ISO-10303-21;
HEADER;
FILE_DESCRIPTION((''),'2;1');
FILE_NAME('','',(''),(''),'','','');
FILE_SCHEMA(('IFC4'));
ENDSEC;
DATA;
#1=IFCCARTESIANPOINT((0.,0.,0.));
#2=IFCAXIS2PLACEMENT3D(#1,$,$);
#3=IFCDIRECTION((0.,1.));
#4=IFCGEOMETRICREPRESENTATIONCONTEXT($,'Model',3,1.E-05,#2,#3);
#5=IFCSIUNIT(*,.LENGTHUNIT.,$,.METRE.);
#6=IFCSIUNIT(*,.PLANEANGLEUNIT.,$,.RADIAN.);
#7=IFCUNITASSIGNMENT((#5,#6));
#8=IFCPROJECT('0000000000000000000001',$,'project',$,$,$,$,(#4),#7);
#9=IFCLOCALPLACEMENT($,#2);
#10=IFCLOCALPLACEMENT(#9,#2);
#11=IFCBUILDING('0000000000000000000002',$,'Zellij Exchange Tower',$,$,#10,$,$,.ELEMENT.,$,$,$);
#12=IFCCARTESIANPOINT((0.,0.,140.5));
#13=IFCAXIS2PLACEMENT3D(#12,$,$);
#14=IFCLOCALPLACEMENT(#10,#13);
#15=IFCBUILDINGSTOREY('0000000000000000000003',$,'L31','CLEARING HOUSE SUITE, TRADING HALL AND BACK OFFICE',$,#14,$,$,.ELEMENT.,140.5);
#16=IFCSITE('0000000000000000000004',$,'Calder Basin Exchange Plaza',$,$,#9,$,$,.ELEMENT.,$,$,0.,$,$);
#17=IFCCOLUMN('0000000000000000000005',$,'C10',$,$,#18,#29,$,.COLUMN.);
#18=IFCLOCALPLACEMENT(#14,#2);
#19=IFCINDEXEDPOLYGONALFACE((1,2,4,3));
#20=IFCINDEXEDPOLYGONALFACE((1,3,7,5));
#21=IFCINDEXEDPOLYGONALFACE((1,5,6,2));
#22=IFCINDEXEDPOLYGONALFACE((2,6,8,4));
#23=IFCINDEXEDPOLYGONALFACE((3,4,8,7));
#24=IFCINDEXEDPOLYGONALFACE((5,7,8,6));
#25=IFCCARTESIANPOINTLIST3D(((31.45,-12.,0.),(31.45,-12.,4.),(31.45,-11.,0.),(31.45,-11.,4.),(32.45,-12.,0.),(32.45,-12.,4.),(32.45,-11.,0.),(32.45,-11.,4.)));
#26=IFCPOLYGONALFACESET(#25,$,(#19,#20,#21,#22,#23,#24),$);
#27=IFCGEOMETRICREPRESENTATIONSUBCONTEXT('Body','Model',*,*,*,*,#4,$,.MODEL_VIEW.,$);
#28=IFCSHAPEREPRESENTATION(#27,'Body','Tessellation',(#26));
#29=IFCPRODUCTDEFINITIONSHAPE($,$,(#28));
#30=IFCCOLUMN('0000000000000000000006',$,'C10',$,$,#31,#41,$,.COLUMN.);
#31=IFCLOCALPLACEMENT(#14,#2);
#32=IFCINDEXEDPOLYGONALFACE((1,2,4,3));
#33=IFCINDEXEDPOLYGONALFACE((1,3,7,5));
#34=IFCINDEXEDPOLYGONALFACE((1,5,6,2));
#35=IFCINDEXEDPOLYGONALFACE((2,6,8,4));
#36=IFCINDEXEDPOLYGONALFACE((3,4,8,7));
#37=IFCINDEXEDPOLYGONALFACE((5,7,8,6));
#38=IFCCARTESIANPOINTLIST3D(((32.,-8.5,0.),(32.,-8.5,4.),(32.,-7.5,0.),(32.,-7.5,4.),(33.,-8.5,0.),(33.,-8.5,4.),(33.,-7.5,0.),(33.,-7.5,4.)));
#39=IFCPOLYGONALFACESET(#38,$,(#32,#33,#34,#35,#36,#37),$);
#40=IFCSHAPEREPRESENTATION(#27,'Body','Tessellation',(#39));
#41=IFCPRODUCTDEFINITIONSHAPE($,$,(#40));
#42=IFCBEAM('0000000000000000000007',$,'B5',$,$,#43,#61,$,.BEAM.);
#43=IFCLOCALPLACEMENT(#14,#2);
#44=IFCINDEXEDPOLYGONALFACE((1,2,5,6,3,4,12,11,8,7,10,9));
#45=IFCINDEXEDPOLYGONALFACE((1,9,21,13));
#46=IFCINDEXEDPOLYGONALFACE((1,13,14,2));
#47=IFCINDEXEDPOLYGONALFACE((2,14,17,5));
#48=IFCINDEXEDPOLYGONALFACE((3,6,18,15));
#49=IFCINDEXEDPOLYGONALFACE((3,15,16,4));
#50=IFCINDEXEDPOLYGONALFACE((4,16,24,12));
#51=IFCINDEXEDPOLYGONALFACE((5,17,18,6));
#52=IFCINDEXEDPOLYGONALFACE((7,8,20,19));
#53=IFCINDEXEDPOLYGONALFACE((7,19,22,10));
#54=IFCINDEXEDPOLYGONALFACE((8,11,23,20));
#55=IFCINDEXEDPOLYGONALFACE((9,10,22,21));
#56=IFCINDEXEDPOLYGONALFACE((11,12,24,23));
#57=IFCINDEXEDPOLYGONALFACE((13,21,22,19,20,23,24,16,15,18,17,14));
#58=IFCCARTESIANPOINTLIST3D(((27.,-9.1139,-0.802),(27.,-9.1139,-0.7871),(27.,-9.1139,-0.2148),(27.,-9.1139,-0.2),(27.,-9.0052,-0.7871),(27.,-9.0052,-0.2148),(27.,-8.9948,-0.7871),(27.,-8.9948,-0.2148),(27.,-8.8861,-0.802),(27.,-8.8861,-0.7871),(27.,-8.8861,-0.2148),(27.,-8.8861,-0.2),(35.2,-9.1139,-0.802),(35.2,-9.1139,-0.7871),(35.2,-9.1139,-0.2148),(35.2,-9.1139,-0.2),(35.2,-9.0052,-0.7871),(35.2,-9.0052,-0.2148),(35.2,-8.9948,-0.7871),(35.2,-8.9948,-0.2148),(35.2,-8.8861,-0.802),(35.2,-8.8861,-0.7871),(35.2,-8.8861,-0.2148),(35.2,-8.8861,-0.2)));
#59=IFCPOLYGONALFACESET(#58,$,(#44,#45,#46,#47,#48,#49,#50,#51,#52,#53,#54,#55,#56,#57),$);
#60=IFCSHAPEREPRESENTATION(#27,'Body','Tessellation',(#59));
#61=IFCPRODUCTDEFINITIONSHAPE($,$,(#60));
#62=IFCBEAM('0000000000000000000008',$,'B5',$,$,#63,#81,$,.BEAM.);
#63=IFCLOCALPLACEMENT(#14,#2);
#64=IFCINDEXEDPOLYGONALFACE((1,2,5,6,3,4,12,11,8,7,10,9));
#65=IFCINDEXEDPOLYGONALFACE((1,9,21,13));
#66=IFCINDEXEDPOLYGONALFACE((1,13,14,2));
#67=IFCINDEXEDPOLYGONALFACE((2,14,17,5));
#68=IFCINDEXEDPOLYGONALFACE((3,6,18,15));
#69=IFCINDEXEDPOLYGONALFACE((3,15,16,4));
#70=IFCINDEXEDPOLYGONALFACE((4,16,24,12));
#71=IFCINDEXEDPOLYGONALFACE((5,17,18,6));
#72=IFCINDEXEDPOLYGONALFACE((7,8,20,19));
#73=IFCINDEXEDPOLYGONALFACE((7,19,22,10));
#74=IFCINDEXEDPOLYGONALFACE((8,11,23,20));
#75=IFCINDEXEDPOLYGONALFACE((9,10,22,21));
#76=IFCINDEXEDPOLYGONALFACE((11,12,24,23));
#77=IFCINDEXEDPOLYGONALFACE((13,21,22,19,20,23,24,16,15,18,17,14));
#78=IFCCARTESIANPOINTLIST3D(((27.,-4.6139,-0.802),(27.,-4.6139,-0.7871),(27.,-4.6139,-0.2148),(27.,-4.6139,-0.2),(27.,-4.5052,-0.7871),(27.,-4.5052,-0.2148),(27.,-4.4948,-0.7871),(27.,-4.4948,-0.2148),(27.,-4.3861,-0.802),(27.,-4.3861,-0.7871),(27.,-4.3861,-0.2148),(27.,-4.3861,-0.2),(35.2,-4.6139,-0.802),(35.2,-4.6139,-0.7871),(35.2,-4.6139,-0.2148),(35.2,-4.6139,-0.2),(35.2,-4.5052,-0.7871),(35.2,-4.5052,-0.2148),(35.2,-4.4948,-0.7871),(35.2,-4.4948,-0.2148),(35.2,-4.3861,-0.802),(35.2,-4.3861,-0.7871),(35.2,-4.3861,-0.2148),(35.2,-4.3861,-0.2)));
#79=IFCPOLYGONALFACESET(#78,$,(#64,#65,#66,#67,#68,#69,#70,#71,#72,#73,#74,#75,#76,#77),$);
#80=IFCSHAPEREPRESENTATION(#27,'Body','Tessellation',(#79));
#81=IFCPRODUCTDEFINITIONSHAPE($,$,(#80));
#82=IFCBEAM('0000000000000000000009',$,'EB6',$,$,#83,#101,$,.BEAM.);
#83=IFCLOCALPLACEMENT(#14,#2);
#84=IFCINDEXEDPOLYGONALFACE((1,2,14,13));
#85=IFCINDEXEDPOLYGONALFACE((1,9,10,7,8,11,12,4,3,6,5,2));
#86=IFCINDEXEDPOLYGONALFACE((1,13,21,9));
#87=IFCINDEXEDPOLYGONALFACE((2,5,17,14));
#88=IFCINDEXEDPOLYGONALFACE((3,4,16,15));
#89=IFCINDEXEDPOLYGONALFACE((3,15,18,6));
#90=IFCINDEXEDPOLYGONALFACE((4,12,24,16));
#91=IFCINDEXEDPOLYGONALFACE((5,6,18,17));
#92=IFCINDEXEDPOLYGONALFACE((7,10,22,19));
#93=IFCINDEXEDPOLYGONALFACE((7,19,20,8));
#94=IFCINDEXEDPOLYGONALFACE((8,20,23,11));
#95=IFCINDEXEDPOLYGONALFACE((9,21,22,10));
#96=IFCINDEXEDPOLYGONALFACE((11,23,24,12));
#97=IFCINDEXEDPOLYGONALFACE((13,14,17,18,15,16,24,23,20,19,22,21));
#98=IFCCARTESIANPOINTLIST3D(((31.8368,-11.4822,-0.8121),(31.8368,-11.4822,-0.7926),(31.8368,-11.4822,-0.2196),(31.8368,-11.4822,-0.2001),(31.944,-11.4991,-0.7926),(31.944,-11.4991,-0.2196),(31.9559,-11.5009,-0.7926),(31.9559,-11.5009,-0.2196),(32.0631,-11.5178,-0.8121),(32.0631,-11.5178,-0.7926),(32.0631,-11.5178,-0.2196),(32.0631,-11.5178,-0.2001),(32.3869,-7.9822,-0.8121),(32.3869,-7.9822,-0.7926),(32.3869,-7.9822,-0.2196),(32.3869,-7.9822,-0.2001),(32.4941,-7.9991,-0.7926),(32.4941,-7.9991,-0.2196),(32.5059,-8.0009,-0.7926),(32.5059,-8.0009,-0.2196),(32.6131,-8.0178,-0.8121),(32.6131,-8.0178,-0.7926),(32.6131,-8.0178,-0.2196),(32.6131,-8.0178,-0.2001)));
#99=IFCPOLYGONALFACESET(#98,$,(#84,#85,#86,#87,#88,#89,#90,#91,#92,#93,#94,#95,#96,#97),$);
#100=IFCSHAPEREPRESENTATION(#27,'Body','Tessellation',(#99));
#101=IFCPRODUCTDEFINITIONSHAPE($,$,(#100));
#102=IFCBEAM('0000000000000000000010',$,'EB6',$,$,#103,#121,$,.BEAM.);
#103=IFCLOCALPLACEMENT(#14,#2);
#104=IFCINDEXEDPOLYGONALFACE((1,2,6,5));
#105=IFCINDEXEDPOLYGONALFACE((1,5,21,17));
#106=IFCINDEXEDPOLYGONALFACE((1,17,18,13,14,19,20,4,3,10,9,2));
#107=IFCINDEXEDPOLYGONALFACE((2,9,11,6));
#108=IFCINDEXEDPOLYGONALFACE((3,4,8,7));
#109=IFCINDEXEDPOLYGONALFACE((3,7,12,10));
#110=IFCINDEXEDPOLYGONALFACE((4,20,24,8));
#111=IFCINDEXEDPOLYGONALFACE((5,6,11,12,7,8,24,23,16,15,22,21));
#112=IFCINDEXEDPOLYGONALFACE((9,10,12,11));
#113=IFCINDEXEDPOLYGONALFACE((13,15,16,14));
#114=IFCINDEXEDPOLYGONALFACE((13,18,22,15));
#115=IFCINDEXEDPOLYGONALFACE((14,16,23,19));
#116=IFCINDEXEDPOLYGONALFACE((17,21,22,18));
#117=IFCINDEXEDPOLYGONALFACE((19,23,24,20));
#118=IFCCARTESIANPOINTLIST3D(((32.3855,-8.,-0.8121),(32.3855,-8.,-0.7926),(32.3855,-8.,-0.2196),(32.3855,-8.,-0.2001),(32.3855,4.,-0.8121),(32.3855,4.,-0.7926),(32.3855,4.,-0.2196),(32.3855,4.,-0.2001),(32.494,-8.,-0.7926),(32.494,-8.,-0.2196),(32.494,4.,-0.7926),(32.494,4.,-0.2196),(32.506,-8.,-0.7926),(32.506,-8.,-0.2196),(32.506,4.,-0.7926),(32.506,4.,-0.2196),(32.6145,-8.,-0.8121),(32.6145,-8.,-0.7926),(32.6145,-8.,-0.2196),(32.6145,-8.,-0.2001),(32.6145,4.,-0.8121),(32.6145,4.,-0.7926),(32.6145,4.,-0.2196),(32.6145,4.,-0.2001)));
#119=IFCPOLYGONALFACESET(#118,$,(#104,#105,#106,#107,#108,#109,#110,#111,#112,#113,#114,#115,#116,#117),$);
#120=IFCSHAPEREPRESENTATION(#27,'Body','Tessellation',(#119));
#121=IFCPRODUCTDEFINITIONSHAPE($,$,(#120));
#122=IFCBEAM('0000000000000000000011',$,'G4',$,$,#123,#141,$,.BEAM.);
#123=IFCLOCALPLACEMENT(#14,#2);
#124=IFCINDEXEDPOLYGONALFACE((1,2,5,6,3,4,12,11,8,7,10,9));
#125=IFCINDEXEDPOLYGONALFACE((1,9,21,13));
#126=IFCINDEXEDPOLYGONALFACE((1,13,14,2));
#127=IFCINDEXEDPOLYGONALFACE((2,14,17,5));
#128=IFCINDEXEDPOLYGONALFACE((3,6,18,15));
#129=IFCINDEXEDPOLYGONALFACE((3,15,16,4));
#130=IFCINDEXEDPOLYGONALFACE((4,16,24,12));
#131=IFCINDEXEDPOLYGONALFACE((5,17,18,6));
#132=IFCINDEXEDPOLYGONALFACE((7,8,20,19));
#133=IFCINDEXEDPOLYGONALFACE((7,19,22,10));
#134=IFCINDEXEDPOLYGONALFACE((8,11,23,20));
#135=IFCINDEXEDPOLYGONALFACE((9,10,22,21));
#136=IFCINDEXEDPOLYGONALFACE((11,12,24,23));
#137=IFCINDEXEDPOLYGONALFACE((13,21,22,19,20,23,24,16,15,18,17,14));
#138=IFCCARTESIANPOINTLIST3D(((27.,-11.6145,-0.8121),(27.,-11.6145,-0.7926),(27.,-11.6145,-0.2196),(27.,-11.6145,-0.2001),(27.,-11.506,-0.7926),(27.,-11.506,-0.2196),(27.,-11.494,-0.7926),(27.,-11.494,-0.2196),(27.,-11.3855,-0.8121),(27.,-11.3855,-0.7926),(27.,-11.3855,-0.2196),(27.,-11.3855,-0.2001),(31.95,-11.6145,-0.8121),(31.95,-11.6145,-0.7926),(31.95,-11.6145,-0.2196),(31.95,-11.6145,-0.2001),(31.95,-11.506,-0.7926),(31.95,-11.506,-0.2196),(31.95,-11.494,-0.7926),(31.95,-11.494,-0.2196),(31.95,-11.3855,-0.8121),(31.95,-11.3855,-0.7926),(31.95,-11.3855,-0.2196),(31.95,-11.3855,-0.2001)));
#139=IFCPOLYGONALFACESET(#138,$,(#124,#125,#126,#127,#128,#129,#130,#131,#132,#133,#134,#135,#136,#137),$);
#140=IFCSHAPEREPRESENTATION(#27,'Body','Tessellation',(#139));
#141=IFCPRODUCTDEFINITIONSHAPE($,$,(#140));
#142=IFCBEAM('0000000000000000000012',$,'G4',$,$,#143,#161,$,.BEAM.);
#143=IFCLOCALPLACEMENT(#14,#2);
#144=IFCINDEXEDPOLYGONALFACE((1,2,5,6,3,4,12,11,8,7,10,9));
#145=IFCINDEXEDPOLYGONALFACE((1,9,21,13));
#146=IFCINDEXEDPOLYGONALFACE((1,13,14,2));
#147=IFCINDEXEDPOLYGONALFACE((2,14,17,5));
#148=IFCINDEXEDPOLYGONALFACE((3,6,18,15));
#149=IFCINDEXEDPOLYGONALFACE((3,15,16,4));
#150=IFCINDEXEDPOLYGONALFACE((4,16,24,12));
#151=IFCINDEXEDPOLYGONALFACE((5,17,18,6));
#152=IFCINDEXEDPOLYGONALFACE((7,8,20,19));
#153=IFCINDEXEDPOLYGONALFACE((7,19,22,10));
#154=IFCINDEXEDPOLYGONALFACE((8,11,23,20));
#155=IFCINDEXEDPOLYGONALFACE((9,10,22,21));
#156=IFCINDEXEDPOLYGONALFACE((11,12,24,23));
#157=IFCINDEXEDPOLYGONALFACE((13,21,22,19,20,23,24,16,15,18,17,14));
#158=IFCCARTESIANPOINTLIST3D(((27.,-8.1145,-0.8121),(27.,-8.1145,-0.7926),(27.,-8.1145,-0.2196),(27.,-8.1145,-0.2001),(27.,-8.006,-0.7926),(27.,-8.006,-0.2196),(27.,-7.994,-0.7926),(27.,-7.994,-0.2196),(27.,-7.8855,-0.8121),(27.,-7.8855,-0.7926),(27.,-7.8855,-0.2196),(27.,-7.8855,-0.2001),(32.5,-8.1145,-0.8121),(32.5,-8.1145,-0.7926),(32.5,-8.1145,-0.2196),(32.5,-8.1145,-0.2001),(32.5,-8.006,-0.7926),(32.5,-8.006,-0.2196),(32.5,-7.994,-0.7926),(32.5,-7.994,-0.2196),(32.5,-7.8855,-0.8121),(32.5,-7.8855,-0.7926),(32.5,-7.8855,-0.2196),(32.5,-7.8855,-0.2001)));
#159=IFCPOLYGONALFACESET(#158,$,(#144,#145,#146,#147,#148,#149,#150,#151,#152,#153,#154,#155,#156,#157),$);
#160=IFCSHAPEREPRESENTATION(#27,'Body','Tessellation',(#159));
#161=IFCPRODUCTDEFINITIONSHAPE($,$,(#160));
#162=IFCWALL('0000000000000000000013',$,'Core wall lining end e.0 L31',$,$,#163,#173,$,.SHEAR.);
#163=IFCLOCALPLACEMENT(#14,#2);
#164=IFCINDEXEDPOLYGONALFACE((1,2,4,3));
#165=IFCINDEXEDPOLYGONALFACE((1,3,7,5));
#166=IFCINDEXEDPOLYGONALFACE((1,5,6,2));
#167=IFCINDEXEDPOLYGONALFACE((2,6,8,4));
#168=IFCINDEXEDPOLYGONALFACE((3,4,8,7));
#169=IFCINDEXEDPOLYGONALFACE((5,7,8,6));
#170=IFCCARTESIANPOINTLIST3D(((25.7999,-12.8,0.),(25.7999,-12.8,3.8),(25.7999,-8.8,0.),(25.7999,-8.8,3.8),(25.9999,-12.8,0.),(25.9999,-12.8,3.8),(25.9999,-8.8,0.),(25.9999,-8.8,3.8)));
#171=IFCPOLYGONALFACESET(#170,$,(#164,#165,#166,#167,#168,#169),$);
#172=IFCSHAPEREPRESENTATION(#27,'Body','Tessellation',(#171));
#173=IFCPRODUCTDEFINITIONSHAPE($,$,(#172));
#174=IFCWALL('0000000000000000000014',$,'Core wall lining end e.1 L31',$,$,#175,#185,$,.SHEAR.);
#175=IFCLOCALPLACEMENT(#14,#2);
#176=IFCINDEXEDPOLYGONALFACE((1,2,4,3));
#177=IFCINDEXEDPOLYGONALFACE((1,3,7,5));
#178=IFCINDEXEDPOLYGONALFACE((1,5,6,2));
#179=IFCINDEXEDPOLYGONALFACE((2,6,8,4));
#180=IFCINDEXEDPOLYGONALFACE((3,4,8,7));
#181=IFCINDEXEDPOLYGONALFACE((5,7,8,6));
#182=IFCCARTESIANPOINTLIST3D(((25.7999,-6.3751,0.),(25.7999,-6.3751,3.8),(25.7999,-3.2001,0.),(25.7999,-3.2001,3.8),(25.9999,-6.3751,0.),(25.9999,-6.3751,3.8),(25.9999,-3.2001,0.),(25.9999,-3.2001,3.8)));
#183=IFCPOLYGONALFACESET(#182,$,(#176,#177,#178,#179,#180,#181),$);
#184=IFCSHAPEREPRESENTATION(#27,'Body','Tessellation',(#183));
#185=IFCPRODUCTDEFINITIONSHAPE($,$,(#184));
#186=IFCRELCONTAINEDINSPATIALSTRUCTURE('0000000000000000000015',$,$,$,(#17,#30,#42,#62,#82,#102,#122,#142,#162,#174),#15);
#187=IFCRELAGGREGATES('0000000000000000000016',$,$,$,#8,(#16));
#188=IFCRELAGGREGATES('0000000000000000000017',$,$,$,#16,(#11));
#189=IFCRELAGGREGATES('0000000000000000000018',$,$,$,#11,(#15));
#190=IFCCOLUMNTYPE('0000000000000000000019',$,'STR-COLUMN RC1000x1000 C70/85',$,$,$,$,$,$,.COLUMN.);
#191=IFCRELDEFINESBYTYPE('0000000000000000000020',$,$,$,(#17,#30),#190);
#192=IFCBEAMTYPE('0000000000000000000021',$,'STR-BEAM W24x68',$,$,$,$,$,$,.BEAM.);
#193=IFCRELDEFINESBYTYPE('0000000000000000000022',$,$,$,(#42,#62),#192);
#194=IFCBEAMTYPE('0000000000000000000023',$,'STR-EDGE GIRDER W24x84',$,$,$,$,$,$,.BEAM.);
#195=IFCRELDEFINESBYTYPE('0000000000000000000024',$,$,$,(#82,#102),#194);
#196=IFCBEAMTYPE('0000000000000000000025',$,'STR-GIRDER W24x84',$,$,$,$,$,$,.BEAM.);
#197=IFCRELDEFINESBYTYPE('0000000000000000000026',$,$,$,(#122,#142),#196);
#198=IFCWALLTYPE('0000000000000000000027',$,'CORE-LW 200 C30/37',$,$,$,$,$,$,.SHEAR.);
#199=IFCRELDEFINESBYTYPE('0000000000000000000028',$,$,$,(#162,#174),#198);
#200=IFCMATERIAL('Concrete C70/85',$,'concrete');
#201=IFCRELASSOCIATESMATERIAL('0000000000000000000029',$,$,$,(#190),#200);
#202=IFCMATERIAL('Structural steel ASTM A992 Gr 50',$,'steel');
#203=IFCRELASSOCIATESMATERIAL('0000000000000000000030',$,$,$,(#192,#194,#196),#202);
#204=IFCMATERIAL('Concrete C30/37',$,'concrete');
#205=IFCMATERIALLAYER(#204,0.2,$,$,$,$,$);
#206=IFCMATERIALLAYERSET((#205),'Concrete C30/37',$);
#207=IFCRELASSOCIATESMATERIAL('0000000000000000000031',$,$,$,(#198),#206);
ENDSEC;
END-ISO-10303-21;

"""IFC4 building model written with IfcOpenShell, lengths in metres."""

from ifc_helpers import new_model, si_unit, direction, frame, frame_2d, origin, origin_2d, place, context, subcontext, project, spatial, rectangle, i_section, extrude, material, layer, layer_set, material_profile, profile_set, type_object, element, save


model = new_model("IFC4")

# Units and contexts
model_context = context("Model", 3, precision=1e-05, world=origin(), true_north=direction((0.0, 1.0)))
body_context = subcontext(model_context, "Body", "Model", "MODEL_VIEW")
ifc_project = project(units=[si_unit("LENGTHUNIT", "METRE"), si_unit("PLANEANGLEUNIT", "RADIAN")], contexts=[model_context])

# Site, building, storey
site_placement = place(None, origin())
site = spatial("IfcSite", under=ifc_project, at=site_placement, Name="Calder Basin Exchange Plaza", CompositionType="ELEMENT", RefElevation=0.0)
building_placement = place(site_placement, origin())
building = spatial("IfcBuilding", under=site, at=building_placement, Name="Zellij Exchange Tower", CompositionType="ELEMENT")
storey_placement = place(building_placement, frame((0.0, 0.0, 140.5)))
storey = spatial("IfcBuildingStorey", under=building, at=storey_placement, Name="L31", Description="CLEARING HOUSE SUITE, TRADING HALL AND BACK OFFICE", CompositionType="ELEMENT", Elevation=140.5)

# Columns
ifc_material_1 = material(Name="Concrete C70/85", Category="concrete")
ifc_material_profile_1 = material_profile(ifc_material_1, rectangle(XDim=1.0, YDim=1.0, at=origin_2d()), Name="STR-COLUMN RC1000x1000 C70/85")
ifc_profile_set_1 = profile_set([ifc_material_profile_1], Name="Concrete C70/85")
column_type = type_object("IfcColumnType", Name="STR-COLUMN RC1000x1000 C70/85", PredefinedType="COLUMN", material=ifc_profile_set_1)
for number, where, z_axis, x_axis, name in (
    (1, (31.95, -11.5, 0.0), (0.0, 0.0, 1.0), (1.0, 0.0, 0.0), "C10"),
    (2, (32.5, -8.0, 0.0), (0.0, 0.0, 1.0), (1.0, 0.0, 0.0), "C10"),
):
    element("IfcColumn", number, at=place(storey_placement, frame(where, z_axis=z_axis, x_axis=x_axis)), inside=storey, type_object=column_type, Name=name, PredefinedType="COLUMN", context=body_context, shape_type="SweptSolid", body=[
        extrude(rectangle(XDim=1.0, YDim=1.0, at=origin_2d()), origin(), (0.0, 0.0, 1.0), 4.0),
    ])

# Beams
ifc_material_2 = material(Name="Structural steel ASTM A992 Gr 50", Category="steel")
ifc_material_profile_2 = material_profile(ifc_material_2, i_section(OverallWidth=0.2278, OverallDepth=0.6021, WebThickness=0.0105, FlangeThickness=0.0149, at=origin_2d()), Name="W24x68")
ifc_profile_set_2 = profile_set([ifc_material_profile_2], Name="Structural steel ASTM A992 Gr 50")
beam_type_1 = type_object("IfcBeamType", Name="STR-BEAM W24x68", PredefinedType="BEAM", material=ifc_profile_set_2)
for number, where, z_axis, x_axis, name in (
    (3, (27.0, -9.0, -0.501), (1.0, 0.0, 0.0), (0.0, 1.0, 0.0), "B5"),
    (4, (27.0, -4.5, -0.501), (1.0, 0.0, 0.0), (0.0, 1.0, 0.0), "B5"),
):
    element("IfcBeam", number, at=place(storey_placement, frame(where, z_axis=z_axis, x_axis=x_axis)), inside=storey, type_object=beam_type_1, Name=name, PredefinedType="BEAM", context=body_context, shape_type="SweptSolid", body=[
        extrude(i_section(OverallWidth=0.2278, OverallDepth=0.6021, WebThickness=0.0105, FlangeThickness=0.0149, at=origin_2d()), origin(), (0.0, 0.0, 1.0), 8.2),
    ])
ifc_material_profile_3 = material_profile(ifc_material_2, i_section(OverallWidth=0.229, OverallDepth=0.6121, WebThickness=0.012, FlangeThickness=0.0195, at=origin_2d()), Name="W24x84")
ifc_profile_set_3 = profile_set([ifc_material_profile_3], Name="Structural steel ASTM A992 Gr 50")
beam_type_2 = type_object("IfcBeamType", Name="STR-EDGE GIRDER W24x84", PredefinedType="BEAM", material=ifc_profile_set_3)
beam_1_placement = place(storey_placement, frame((31.95, -11.5, -0.5061), z_axis=(0.155251, 0.987875, 0.0), x_axis=(-0.987875, 0.155251, 0.0)))
element("IfcBeam", 5, at=beam_1_placement, inside=storey, type_object=beam_type_2, Name="EB6", PredefinedType="BEAM", context=body_context, shape_type="SweptSolid", body=[
    extrude(i_section(OverallWidth=0.229, OverallDepth=0.6121, WebThickness=0.012, FlangeThickness=0.0195, at=origin_2d()), origin(), (0.0, 0.0, 1.0), 3.543),
])
beam_2_placement = place(storey_placement, frame((32.5, -8.0, -0.5061), z_axis=(0.0, 1.0, 0.0), x_axis=(-1.0, 0.0, 0.0)))
element("IfcBeam", 6, at=beam_2_placement, inside=storey, type_object=beam_type_2, Name="EB6", PredefinedType="BEAM", context=body_context, shape_type="SweptSolid", body=[
    extrude(i_section(OverallWidth=0.229, OverallDepth=0.6121, WebThickness=0.012, FlangeThickness=0.0195, at=origin_2d()), origin(), (0.0, 0.0, 1.0), 12.0),
])
ifc_material_profile_4 = material_profile(ifc_material_2, i_section(OverallWidth=0.229, OverallDepth=0.6121, WebThickness=0.012, FlangeThickness=0.0195, at=origin_2d()), Name="W24x84")
ifc_profile_set_4 = profile_set([ifc_material_profile_4], Name="Structural steel ASTM A992 Gr 50")
beam_type_3 = type_object("IfcBeamType", Name="STR-GIRDER W24x84", PredefinedType="BEAM", material=ifc_profile_set_4)
beam_3_placement = place(storey_placement, frame((27.0, -11.5, -0.5061), z_axis=(1.0, 0.0, 0.0), x_axis=(0.0, 1.0, 0.0)))
element("IfcBeam", 7, at=beam_3_placement, inside=storey, type_object=beam_type_3, Name="G4", PredefinedType="BEAM", context=body_context, shape_type="SweptSolid", body=[
    extrude(i_section(OverallWidth=0.229, OverallDepth=0.6121, WebThickness=0.012, FlangeThickness=0.0195, at=origin_2d()), origin(), (0.0, 0.0, 1.0), 4.95),
])
beam_4_placement = place(storey_placement, frame((27.0, -8.0, -0.5061), z_axis=(1.0, 0.0, 0.0), x_axis=(0.0, 1.0, 0.0)))
element("IfcBeam", 8, at=beam_4_placement, inside=storey, type_object=beam_type_3, Name="G4", PredefinedType="BEAM", context=body_context, shape_type="SweptSolid", body=[
    extrude(i_section(OverallWidth=0.229, OverallDepth=0.6121, WebThickness=0.012, FlangeThickness=0.0195, at=origin_2d()), origin(), (0.0, 0.0, 1.0), 5.5),
])

# Walls
ifc_material_3 = material(Name="Concrete C30/37", Category="concrete")
ifc_layer_1 = layer(ifc_material_3, 0.2)
ifc_layer_set_1 = layer_set([ifc_layer_1], Name="Concrete C30/37")
wall_type_1 = type_object("IfcWallType", Name="CORE-LW 200 C30/37", PredefinedType="SHEAR", material=ifc_layer_set_1)
wall_1_placement = place(storey_placement, frame((25.8999, -12.8, 0.0), z_axis=(0.0, 0.0, 1.0), x_axis=(0.0, 1.0, 0.0)))
element("IfcWall", 9, at=wall_1_placement, inside=storey, type_object=wall_type_1, Name="Core wall lining end e.0 L31", PredefinedType="SHEAR", context=body_context, shape_type="SweptSolid", body=[
    extrude(rectangle(XDim=4.0, YDim=0.2, at=frame_2d((2.0, 0.0))), origin(), (0.0, 0.0, 1.0), 3.8),
])
wall_2_placement = place(storey_placement, frame((25.8999, -6.375, 0.0), z_axis=(0.0, 0.0, 1.0), x_axis=(0.0, 1.0, 0.0)))
element("IfcWall", 10, at=wall_2_placement, inside=storey, type_object=wall_type_1, Name="Core wall lining end e.1 L31", PredefinedType="SHEAR", context=body_context, shape_type="SweptSolid", body=[
    extrude(rectangle(XDim=3.175, YDim=0.2, at=frame_2d((1.5874, 0.0))), origin(), (0.0, 0.0, 1.0), 3.8),
])

save(model, "model.ifc")
